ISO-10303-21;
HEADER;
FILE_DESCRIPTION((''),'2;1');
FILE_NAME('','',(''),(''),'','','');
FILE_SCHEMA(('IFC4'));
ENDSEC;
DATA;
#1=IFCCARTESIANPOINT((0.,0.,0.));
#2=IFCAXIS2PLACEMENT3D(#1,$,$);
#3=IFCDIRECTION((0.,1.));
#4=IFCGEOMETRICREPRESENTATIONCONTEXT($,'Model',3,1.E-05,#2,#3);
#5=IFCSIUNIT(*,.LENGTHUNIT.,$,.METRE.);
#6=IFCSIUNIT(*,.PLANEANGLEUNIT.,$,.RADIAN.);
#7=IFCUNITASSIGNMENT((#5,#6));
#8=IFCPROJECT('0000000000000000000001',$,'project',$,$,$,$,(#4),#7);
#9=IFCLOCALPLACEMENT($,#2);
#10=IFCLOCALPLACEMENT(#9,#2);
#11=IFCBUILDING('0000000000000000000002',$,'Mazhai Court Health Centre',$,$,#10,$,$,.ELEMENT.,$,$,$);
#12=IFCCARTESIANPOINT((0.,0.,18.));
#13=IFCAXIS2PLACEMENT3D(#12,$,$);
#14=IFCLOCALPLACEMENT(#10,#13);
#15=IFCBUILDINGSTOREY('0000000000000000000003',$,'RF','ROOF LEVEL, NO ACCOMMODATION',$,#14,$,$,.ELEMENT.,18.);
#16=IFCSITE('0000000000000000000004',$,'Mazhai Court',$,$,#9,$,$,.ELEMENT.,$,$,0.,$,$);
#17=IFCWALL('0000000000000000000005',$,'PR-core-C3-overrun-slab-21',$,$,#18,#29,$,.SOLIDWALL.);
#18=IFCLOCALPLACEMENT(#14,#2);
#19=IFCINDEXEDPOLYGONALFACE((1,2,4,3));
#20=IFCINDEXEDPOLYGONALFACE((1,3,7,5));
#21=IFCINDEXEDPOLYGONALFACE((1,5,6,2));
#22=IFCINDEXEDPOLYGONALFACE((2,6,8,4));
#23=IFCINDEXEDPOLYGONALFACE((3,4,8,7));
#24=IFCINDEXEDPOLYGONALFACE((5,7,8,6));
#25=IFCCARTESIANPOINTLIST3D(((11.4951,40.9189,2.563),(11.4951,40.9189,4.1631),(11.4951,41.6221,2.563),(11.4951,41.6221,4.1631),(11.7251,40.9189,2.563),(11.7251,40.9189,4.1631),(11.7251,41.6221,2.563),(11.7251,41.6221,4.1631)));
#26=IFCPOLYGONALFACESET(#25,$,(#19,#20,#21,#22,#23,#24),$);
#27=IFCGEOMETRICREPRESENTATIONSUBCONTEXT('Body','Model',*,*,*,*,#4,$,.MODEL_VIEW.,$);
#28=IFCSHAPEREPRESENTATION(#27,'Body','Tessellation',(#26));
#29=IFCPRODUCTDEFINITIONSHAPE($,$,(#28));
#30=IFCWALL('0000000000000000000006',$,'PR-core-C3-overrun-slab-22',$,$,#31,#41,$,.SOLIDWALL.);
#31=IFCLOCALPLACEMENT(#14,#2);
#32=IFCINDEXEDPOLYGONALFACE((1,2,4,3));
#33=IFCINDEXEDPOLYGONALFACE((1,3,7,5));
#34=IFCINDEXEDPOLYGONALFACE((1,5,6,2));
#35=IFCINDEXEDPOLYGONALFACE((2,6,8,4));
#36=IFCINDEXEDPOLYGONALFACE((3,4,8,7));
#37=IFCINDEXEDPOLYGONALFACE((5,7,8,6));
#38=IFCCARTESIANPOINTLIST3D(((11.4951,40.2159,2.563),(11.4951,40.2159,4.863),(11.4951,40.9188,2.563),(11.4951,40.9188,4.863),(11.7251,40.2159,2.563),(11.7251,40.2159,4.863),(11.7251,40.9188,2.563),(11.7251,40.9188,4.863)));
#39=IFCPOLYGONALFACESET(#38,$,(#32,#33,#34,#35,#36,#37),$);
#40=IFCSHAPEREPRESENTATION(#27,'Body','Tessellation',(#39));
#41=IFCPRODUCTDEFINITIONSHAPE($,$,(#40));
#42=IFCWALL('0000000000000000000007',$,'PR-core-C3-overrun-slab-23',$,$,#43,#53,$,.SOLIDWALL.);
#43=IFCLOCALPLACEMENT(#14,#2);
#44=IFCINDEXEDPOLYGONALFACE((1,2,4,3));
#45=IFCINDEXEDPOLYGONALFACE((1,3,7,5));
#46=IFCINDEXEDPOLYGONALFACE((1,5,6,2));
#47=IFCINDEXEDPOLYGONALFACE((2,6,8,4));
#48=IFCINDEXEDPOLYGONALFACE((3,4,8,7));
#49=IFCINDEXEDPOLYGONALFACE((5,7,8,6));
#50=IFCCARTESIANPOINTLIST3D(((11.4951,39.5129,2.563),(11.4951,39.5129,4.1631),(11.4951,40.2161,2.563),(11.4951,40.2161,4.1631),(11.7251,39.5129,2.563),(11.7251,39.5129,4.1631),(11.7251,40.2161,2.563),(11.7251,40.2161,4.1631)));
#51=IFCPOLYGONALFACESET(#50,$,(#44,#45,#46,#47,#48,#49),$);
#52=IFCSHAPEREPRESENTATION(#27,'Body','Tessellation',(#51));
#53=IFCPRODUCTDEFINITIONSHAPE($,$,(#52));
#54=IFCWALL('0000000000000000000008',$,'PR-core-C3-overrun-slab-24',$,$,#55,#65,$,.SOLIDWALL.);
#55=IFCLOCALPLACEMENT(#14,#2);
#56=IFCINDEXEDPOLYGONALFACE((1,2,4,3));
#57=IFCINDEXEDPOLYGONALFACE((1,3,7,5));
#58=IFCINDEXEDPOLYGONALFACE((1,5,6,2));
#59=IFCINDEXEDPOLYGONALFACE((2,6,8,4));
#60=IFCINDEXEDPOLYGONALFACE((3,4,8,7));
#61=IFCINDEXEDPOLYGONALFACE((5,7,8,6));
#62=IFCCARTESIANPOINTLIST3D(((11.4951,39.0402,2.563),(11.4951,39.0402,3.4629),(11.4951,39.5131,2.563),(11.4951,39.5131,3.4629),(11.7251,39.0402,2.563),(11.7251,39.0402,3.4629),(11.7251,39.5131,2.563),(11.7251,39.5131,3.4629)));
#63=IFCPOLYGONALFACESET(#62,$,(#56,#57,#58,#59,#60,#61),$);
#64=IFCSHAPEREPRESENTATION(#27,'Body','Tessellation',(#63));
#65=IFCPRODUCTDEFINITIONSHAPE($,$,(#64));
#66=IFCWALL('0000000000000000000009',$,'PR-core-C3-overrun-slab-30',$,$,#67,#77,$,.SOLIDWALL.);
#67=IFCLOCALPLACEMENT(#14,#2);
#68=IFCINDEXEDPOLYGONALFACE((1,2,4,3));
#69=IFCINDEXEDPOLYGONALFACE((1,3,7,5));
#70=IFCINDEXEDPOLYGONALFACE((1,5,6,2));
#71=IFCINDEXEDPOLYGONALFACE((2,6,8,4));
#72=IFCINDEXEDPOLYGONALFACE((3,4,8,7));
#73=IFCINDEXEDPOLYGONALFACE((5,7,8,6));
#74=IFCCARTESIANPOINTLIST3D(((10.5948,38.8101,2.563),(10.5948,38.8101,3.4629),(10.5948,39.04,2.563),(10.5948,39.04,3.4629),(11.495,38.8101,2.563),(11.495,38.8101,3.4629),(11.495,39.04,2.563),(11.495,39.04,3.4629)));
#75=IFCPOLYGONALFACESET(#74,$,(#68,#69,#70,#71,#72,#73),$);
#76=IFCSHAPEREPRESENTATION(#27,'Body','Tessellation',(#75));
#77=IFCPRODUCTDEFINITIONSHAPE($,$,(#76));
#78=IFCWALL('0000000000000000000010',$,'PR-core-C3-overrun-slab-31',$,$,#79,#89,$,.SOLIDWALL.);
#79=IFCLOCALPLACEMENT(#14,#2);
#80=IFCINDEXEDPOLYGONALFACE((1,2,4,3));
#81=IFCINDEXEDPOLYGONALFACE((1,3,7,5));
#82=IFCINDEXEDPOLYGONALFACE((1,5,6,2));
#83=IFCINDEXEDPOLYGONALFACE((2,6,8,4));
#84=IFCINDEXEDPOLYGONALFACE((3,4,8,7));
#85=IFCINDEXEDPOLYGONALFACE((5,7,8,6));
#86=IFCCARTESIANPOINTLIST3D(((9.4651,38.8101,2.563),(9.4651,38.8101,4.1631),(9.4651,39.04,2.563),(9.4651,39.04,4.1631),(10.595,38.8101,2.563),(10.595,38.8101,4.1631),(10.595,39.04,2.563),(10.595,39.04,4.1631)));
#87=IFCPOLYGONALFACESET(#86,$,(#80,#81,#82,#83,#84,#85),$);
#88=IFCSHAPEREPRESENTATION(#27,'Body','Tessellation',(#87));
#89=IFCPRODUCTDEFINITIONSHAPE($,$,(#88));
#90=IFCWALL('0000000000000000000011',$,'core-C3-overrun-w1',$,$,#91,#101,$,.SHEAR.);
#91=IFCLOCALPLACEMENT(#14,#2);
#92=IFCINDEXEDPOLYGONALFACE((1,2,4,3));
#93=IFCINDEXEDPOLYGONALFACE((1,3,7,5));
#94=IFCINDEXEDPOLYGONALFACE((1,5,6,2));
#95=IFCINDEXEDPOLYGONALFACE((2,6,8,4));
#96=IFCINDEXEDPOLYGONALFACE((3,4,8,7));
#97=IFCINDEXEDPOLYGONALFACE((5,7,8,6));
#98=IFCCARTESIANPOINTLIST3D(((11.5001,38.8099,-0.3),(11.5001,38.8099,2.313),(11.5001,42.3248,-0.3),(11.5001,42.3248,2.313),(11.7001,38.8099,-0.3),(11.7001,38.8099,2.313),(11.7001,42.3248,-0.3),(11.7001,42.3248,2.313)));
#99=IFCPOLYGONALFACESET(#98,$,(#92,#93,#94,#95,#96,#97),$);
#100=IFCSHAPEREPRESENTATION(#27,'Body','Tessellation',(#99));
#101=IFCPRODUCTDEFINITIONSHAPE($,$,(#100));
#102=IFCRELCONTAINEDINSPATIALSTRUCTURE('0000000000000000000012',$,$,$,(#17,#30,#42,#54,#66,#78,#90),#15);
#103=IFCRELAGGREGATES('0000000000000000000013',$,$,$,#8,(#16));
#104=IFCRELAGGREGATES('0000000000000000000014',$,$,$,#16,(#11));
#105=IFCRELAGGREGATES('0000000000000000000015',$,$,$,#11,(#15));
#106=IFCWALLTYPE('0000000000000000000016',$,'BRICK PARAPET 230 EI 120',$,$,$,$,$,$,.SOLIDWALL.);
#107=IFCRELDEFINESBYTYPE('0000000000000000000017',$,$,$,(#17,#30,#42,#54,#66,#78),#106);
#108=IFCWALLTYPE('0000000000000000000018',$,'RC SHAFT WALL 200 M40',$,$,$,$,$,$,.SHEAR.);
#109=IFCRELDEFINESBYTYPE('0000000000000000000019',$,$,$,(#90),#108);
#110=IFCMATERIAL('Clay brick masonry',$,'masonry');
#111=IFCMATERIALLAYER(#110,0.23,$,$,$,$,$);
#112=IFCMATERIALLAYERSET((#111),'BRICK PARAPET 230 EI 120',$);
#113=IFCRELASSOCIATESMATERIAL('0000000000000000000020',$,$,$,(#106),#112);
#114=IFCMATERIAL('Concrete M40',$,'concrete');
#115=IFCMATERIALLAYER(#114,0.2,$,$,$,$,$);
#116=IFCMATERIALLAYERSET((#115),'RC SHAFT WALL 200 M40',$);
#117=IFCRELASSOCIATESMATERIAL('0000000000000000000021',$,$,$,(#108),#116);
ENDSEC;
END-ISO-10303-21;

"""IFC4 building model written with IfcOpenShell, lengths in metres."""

from ifc_helpers import new_model, si_unit, direction, frame, frame_2d, origin, place, context, subcontext, project, spatial, rectangle, extrude, material, layer, layer_set, type_object, element, save


model = new_model("IFC4")

# Units and contexts
model_context = context("Model", 3, precision=1e-05, world=origin(), true_north=direction((0.0, 1.0)))
body_context = subcontext(model_context, "Body", "Model", "MODEL_VIEW")
ifc_project = project(units=[si_unit("LENGTHUNIT", "METRE"), si_unit("PLANEANGLEUNIT", "RADIAN")], contexts=[model_context])

# Site, building, storey
site_placement = place(None, origin())
site = spatial("IfcSite", under=ifc_project, at=site_placement, Name="Mazhai Court", CompositionType="ELEMENT", RefElevation=0.0)
building_placement = place(site_placement, origin())
building = spatial("IfcBuilding", under=site, at=building_placement, Name="Mazhai Court Health Centre", CompositionType="ELEMENT")
storey_placement = place(building_placement, frame((0.0, 0.0, 18.0)))
storey = spatial("IfcBuildingStorey", under=building, at=storey_placement, Name="RF", Description="ROOF LEVEL, NO ACCOMMODATION", CompositionType="ELEMENT", Elevation=18.0)

# Walls
ifc_material_1 = material(Name="Clay brick masonry", Category="masonry")
ifc_layer_1 = layer(ifc_material_1, 0.23)
ifc_layer_set_1 = layer_set([ifc_layer_1], Name="BRICK PARAPET 230 EI 120")
wall_type_1 = type_object("IfcWallType", Name="BRICK PARAPET 230 EI 120", PredefinedType="SOLIDWALL", material=ifc_layer_set_1)
wall_1_placement = place(storey_placement, frame((11.6101, 41.6221, 2.563), z_axis=(0.0, 0.0, 1.0), x_axis=(0.0, -1.0, 0.0)))
element("IfcWall", 1, at=wall_1_placement, inside=storey, type_object=wall_type_1, Name="PR-core-C3-overrun-slab-21", PredefinedType="SOLIDWALL", context=body_context, shape_type="SweptSolid", body=[
    extrude(rectangle(XDim=0.7031, YDim=0.23, at=frame_2d((0.3516, 0.0))), origin(), (0.0, 0.0, 1.0), 1.6001),
])
wall_2_placement = place(storey_placement, frame((11.6101, 40.9189, 2.563), z_axis=(0.0, 0.0, 1.0), x_axis=(0.0, -1.0, 0.0)))
element("IfcWall", 2, at=wall_2_placement, inside=storey, type_object=wall_type_1, Name="PR-core-C3-overrun-slab-22", PredefinedType="SOLIDWALL", context=body_context, shape_type="SweptSolid", body=[
    extrude(rectangle(XDim=0.7029, YDim=0.23, at=frame_2d((0.3516, 0.0))), origin(), (0.0, 0.0, 1.0), 2.3),
])
wall_3_placement = place(storey_placement, frame((11.6101, 40.2161, 2.563), z_axis=(0.0, 0.0, 1.0), x_axis=(0.0, -1.0, 0.0)))
element("IfcWall", 3, at=wall_3_placement, inside=storey, type_object=wall_type_1, Name="PR-core-C3-overrun-slab-23", PredefinedType="SOLIDWALL", context=body_context, shape_type="SweptSolid", body=[
    extrude(rectangle(XDim=0.7031, YDim=0.23, at=frame_2d((0.3516, 0.0))), origin(), (0.0, 0.0, 1.0), 1.6001),
])
wall_4_placement = place(storey_placement, frame((11.6101, 39.5129, 2.563), z_axis=(0.0, 0.0, 1.0), x_axis=(0.0, -1.0, 0.0)))
element("IfcWall", 4, at=wall_4_placement, inside=storey, type_object=wall_type_1, Name="PR-core-C3-overrun-slab-24", PredefinedType="SOLIDWALL", context=body_context, shape_type="SweptSolid", body=[
    extrude(rectangle(XDim=0.4729, YDim=0.23, at=frame_2d((0.2363, 0.0))), origin(), (0.0, 0.0, 1.0), 0.8999),
])
wall_5_placement = place(storey_placement, frame((11.4951, 38.925, 2.563), z_axis=(0.0, 0.0, 1.0), x_axis=(-1.0, 0.0, 0.0)))
element("IfcWall", 5, at=wall_5_placement, inside=storey, type_object=wall_type_1, Name="PR-core-C3-overrun-slab-30", PredefinedType="SOLIDWALL", context=body_context, shape_type="SweptSolid", body=[
    extrude(rectangle(XDim=0.9001, YDim=0.23, at=frame_2d((0.4502, 0.0))), origin(), (0.0, 0.0, 1.0), 0.8999),
])
wall_6_placement = place(storey_placement, frame((10.595, 38.925, 2.563), z_axis=(0.0, 0.0, 1.0), x_axis=(-1.0, 0.0, 0.0)))
element("IfcWall", 6, at=wall_6_placement, inside=storey, type_object=wall_type_1, Name="PR-core-C3-overrun-slab-31", PredefinedType="SOLIDWALL", context=body_context, shape_type="SweptSolid", body=[
    extrude(rectangle(XDim=1.1299, YDim=0.23, at=frame_2d((0.5649, 0.0))), origin(), (0.0, 0.0, 1.0), 1.6001),
])
ifc_material_2 = material(Name="Concrete M40", Category="concrete")
ifc_layer_2 = layer(ifc_material_2, 0.2)
ifc_layer_set_2 = layer_set([ifc_layer_2], Name="RC SHAFT WALL 200 M40")
wall_type_2 = type_object("IfcWallType", Name="RC SHAFT WALL 200 M40", PredefinedType="SHEAR", material=ifc_layer_set_2)
wall_7_placement = place(storey_placement, frame((11.6001, 38.8101, -0.3), z_axis=(0.0, 0.0, 1.0), x_axis=(0.0, 1.0, 0.0)))
element("IfcWall", 7, at=wall_7_placement, inside=storey, type_object=wall_type_2, Name="core-C3-overrun-w1", PredefinedType="SHEAR", context=body_context, shape_type="SweptSolid", body=[
    extrude(rectangle(XDim=3.5149, YDim=0.2, at=frame_2d((1.7573, 0.0))), origin(), (0.0, 0.0, 1.0), 2.613),
])

save(model, "model.ifc")
